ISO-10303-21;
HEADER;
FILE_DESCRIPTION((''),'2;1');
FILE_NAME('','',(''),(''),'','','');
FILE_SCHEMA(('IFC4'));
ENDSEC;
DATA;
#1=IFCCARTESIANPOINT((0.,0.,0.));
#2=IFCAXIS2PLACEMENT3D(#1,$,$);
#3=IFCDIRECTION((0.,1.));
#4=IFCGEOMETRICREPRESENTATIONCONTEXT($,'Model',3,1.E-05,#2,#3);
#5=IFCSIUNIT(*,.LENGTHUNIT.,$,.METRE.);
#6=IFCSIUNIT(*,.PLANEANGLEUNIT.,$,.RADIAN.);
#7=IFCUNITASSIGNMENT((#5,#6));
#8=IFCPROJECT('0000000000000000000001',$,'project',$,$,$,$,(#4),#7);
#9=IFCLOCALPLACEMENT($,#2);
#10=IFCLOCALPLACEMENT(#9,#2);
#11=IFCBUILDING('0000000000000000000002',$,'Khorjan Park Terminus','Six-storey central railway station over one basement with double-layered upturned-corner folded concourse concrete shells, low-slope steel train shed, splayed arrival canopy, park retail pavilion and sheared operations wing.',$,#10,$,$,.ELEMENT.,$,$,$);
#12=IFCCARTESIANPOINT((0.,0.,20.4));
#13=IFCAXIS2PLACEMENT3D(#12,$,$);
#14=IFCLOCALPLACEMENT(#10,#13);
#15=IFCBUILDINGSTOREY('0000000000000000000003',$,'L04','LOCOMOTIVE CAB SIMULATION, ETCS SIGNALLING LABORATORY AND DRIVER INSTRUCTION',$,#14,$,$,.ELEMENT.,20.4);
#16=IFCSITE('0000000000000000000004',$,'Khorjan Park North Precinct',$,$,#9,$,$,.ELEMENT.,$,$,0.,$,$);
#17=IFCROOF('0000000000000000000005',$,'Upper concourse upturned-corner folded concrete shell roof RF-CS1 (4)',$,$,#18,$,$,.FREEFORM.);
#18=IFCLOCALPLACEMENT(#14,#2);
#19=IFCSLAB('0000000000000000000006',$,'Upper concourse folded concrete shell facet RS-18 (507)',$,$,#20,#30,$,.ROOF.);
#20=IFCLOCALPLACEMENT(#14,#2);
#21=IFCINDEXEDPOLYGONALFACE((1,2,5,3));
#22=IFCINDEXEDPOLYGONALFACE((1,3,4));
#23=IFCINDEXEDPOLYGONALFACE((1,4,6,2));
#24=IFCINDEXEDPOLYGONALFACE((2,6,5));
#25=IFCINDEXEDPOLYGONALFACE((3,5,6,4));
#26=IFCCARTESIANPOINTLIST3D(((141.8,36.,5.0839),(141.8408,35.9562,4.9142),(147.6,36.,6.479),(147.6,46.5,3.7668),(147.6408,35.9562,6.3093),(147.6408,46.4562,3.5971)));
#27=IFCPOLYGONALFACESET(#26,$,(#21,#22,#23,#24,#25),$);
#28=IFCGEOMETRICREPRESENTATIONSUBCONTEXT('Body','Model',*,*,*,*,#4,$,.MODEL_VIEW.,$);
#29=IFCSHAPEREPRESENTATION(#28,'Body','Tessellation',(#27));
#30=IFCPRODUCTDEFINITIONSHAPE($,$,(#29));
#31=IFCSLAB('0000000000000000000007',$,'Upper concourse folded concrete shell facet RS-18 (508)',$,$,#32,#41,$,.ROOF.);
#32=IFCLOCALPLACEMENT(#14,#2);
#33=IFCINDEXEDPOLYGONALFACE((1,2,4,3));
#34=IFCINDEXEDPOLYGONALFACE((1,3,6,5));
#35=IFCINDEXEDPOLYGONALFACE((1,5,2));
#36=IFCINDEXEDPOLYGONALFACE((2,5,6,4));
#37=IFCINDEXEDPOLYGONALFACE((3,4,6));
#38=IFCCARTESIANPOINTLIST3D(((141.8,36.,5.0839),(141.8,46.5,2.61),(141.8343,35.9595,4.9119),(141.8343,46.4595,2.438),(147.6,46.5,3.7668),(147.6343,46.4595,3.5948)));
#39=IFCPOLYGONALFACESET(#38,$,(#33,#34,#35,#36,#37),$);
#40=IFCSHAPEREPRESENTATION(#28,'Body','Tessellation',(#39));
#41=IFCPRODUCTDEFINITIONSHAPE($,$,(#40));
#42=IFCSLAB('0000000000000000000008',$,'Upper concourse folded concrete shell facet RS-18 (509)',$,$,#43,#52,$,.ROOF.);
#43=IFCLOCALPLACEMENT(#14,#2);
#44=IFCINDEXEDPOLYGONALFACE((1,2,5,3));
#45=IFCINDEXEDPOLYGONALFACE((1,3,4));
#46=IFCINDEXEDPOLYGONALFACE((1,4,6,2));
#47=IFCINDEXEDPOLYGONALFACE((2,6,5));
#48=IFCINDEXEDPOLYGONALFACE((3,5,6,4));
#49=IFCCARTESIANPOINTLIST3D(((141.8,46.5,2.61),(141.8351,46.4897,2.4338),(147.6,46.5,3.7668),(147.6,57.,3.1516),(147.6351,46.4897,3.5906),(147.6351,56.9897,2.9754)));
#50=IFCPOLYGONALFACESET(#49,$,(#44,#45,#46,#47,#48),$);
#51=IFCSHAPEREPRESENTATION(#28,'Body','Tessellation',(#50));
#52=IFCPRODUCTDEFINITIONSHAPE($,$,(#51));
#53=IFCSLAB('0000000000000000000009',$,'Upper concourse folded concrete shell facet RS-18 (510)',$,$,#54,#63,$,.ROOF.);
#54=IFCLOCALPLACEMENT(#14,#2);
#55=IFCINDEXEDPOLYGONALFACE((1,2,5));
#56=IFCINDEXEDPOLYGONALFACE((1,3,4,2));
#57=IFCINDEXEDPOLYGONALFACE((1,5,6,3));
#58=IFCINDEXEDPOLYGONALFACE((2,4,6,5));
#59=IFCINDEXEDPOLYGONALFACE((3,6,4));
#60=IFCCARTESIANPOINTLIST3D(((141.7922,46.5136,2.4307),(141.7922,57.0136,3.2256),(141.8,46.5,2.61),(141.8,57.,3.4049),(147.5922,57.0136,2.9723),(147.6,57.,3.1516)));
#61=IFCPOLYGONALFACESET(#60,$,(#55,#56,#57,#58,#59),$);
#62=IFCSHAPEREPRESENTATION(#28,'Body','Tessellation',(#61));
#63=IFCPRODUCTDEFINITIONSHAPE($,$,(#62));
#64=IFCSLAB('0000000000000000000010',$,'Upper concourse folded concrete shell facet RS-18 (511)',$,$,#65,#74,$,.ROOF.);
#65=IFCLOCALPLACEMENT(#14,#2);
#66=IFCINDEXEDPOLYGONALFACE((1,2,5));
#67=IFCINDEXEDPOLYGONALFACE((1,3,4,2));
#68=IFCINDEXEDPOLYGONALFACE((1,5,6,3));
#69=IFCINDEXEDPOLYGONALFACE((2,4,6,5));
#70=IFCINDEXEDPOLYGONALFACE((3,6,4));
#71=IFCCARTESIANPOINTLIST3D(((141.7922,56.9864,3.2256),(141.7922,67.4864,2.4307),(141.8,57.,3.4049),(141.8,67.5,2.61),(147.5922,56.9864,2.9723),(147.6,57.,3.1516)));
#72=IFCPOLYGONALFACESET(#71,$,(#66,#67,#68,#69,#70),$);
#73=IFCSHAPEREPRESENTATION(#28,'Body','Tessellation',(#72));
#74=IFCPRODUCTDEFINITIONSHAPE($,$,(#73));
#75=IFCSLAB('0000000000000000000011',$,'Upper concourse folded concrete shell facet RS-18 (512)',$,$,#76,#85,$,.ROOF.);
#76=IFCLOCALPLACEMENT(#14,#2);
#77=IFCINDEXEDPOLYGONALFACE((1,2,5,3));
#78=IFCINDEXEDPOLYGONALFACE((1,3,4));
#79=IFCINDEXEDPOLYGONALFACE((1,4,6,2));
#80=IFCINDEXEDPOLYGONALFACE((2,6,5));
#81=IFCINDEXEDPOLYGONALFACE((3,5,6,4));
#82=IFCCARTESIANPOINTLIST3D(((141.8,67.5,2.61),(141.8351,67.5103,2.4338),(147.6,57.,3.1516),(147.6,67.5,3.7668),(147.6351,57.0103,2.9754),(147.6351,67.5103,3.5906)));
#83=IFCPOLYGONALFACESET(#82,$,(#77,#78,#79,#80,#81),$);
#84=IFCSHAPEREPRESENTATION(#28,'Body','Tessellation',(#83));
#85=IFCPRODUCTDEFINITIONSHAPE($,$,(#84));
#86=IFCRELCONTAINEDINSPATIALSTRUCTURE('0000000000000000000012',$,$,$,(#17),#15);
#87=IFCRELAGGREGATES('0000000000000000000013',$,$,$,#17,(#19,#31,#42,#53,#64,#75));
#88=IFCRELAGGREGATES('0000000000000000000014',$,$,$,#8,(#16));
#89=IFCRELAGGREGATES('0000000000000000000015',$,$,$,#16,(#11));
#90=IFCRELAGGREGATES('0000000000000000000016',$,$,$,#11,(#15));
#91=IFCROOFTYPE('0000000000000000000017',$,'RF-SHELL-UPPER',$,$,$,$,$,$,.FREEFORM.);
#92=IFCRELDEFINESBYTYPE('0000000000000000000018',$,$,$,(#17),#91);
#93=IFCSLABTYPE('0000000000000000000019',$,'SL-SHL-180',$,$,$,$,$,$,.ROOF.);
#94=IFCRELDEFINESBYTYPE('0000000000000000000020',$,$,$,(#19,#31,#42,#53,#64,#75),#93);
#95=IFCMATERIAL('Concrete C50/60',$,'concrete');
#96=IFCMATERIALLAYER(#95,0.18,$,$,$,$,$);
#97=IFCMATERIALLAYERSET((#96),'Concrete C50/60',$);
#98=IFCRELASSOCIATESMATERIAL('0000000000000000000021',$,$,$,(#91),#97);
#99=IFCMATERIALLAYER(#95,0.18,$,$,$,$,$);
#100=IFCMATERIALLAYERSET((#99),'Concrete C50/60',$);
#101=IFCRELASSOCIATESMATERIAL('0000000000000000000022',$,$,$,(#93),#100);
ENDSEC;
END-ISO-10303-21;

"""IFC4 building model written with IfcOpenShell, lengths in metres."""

from ifc_helpers import new_model, si_unit, direction, frame, origin, place, context, subcontext, project, spatial, polyline, outline, extrude, material, layer, layer_set, type_object, element, aggregate, save


model = new_model("IFC4")

# Units and contexts
model_context = context("Model", 3, precision=1e-05, world=origin(), true_north=direction((0.0, 1.0)))
body_context = subcontext(model_context, "Body", "Model", "MODEL_VIEW")
ifc_project = project(units=[si_unit("LENGTHUNIT", "METRE"), si_unit("PLANEANGLEUNIT", "RADIAN")], contexts=[model_context])

# Site, building, storey
site_placement = place(None, origin())
site = spatial("IfcSite", under=ifc_project, at=site_placement, Name="Khorjan Park North Precinct", CompositionType="ELEMENT", RefElevation=0.0)
building_placement = place(site_placement, origin())
building = spatial("IfcBuilding", under=site, at=building_placement, Name="Khorjan Park Terminus", Description="Six-storey central railway station over one basement with double-layered upturned-corner folded concourse concrete shells, low-slope steel train shed, splayed arrival canopy, park retail pavilion and sheared operations wing.", CompositionType="ELEMENT")
storey_placement = place(building_placement, frame((0.0, 0.0, 20.4)))
storey = spatial("IfcBuildingStorey", under=building, at=storey_placement, Name="L04", Description="LOCOMOTIVE CAB SIMULATION, ETCS SIGNALLING LABORATORY AND DRIVER INSTRUCTION", CompositionType="ELEMENT", Elevation=20.4)

# Roof, slabs
ifc_material = material(Name="Concrete C50/60", Category="concrete")
ifc_layer_1 = layer(ifc_material, 0.18)
ifc_layer_set_1 = layer_set([ifc_layer_1], Name="Concrete C50/60")
roof_type = type_object("IfcRoofType", Name="RF-SHELL-UPPER", PredefinedType="FREEFORM", material=ifc_layer_set_1)
ifc_layer_2 = layer(ifc_material, 0.18)
ifc_layer_set_2 = layer_set([ifc_layer_2], Name="Concrete C50/60")
slab_type = type_object("IfcSlabType", Name="SL-SHL-180", PredefinedType="ROOF", material=ifc_layer_set_2)
roof_1_placement = place(storey_placement, origin())
roof_1 = element("IfcRoof", 1, at=roof_1_placement, inside=storey, type_object=roof_type, Name="Upper concourse upturned-corner folded concrete shell roof RF-CS1 (4)", PredefinedType="FREEFORM")
slab_1_placement = place(storey_placement, frame((141.8, 36.0, 5.0839), z_axis=(-0.226821, 0.243578, 0.942986), x_axis=(0.972269, 0.0, 0.233864)))
slab_1 = element("IfcSlab", 2, at=slab_1_placement, type_object=slab_type, Name="Upper concourse folded concrete shell facet RS-18 (507)", PredefinedType="ROOF", context=body_context, shape_type="SweptSolid", body=[
    extrude(outline(polyline([(0.0, 0.0), (5.9654, 0.0), (5.3311, 10.8261), (0.0, 0.0)])), origin(), (0.0, 0.0, -1.0), 0.18),
])
slab_2_placement = place(storey_placement, frame((141.8, 36.0, 5.0839), z_axis=(-0.190575, 0.225127, 0.95551), x_axis=(0.480629, 0.870105, -0.109144)))
slab_2 = element("IfcSlab", 3, at=slab_2_placement, type_object=slab_type, Name="Upper concourse folded concrete shell facet RS-18 (508)", PredefinedType="ROOF", context=body_context, shape_type="SweptSolid", body=[
    extrude(outline(polyline([(0.0, 0.0), (12.0675, 0.0), (9.4061, 5.2816), (0.0, 0.0)])), origin(), (0.0, 0.0, -1.0), 0.18),
])
slab_3_placement = place(storey_placement, frame((141.8, 46.5, 2.61), z_axis=(-0.195274, 0.057364, 0.97907), x_axis=(0.980685, 0.0, 0.195596)))
slab_3 = element("IfcSlab", 4, at=slab_3_placement, type_object=slab_type, Name="Upper concourse folded concrete shell facet RS-18 (509)", PredefinedType="ROOF", context=body_context, shape_type="SweptSolid", body=[
    extrude(outline(polyline([(0.0, 0.0), (5.9142, 0.0), (5.7939, 10.5173), (0.0, 0.0)])), origin(), (0.0, 0.0, -1.0), 0.18),
])
slab_4_placement = place(storey_placement, frame((141.8, 46.5, 2.61), z_axis=(0.043507, -0.075417, 0.996202), x_axis=(0.483026, 0.874444, 0.045105)))
slab_4 = element("IfcSlab", 5, at=slab_4_placement, type_object=slab_type, Name="Upper concourse folded concrete shell facet RS-18 (510)", PredefinedType="ROOF", context=body_context, shape_type="SweptSolid", body=[
    extrude(outline(polyline([(0.0, 0.0), (12.0076, 0.0), (9.2175, 5.0911), (0.0, 0.0)])), origin(), (0.0, 0.0, -1.0), 0.18),
])
slab_5_placement = place(storey_placement, frame((141.8, 57.0, 3.4049), z_axis=(0.043507, 0.075417, 0.996202), x_axis=(0.999048, 0.0, -0.043631)))
slab_5 = element("IfcSlab", 6, at=slab_5_placement, type_object=slab_type, Name="Upper concourse folded concrete shell facet RS-18 (511)", PredefinedType="ROOF", context=body_context, shape_type="SweptSolid", body=[
    extrude(outline(polyline([(0.0, 0.0), (5.8055, 0.0), (0.0347, 10.53), (0.0, 0.0)])), origin(), (0.0, 0.0, -1.0), 0.18),
])
slab_6_placement = place(storey_placement, frame((147.6, 57.0, 3.1516), z_axis=(-0.195274, -0.057364, 0.97907), x_axis=(0.0, 0.998288, 0.05849)))
slab_6 = element("IfcSlab", 7, at=slab_6_placement, type_object=slab_type, Name="Upper concourse folded concrete shell facet RS-18 (512)", PredefinedType="ROOF", context=body_context, shape_type="SweptSolid", body=[
    extrude(outline(polyline([(0.0, 0.0), (10.518, 0.0), (10.4503, 5.9138), (0.0, 0.0)])), origin(), (0.0, 0.0, -1.0), 0.18),
])
aggregate(roof_1, [slab_1, slab_2, slab_3, slab_4, slab_5, slab_6])

save(model, "model.ifc")
